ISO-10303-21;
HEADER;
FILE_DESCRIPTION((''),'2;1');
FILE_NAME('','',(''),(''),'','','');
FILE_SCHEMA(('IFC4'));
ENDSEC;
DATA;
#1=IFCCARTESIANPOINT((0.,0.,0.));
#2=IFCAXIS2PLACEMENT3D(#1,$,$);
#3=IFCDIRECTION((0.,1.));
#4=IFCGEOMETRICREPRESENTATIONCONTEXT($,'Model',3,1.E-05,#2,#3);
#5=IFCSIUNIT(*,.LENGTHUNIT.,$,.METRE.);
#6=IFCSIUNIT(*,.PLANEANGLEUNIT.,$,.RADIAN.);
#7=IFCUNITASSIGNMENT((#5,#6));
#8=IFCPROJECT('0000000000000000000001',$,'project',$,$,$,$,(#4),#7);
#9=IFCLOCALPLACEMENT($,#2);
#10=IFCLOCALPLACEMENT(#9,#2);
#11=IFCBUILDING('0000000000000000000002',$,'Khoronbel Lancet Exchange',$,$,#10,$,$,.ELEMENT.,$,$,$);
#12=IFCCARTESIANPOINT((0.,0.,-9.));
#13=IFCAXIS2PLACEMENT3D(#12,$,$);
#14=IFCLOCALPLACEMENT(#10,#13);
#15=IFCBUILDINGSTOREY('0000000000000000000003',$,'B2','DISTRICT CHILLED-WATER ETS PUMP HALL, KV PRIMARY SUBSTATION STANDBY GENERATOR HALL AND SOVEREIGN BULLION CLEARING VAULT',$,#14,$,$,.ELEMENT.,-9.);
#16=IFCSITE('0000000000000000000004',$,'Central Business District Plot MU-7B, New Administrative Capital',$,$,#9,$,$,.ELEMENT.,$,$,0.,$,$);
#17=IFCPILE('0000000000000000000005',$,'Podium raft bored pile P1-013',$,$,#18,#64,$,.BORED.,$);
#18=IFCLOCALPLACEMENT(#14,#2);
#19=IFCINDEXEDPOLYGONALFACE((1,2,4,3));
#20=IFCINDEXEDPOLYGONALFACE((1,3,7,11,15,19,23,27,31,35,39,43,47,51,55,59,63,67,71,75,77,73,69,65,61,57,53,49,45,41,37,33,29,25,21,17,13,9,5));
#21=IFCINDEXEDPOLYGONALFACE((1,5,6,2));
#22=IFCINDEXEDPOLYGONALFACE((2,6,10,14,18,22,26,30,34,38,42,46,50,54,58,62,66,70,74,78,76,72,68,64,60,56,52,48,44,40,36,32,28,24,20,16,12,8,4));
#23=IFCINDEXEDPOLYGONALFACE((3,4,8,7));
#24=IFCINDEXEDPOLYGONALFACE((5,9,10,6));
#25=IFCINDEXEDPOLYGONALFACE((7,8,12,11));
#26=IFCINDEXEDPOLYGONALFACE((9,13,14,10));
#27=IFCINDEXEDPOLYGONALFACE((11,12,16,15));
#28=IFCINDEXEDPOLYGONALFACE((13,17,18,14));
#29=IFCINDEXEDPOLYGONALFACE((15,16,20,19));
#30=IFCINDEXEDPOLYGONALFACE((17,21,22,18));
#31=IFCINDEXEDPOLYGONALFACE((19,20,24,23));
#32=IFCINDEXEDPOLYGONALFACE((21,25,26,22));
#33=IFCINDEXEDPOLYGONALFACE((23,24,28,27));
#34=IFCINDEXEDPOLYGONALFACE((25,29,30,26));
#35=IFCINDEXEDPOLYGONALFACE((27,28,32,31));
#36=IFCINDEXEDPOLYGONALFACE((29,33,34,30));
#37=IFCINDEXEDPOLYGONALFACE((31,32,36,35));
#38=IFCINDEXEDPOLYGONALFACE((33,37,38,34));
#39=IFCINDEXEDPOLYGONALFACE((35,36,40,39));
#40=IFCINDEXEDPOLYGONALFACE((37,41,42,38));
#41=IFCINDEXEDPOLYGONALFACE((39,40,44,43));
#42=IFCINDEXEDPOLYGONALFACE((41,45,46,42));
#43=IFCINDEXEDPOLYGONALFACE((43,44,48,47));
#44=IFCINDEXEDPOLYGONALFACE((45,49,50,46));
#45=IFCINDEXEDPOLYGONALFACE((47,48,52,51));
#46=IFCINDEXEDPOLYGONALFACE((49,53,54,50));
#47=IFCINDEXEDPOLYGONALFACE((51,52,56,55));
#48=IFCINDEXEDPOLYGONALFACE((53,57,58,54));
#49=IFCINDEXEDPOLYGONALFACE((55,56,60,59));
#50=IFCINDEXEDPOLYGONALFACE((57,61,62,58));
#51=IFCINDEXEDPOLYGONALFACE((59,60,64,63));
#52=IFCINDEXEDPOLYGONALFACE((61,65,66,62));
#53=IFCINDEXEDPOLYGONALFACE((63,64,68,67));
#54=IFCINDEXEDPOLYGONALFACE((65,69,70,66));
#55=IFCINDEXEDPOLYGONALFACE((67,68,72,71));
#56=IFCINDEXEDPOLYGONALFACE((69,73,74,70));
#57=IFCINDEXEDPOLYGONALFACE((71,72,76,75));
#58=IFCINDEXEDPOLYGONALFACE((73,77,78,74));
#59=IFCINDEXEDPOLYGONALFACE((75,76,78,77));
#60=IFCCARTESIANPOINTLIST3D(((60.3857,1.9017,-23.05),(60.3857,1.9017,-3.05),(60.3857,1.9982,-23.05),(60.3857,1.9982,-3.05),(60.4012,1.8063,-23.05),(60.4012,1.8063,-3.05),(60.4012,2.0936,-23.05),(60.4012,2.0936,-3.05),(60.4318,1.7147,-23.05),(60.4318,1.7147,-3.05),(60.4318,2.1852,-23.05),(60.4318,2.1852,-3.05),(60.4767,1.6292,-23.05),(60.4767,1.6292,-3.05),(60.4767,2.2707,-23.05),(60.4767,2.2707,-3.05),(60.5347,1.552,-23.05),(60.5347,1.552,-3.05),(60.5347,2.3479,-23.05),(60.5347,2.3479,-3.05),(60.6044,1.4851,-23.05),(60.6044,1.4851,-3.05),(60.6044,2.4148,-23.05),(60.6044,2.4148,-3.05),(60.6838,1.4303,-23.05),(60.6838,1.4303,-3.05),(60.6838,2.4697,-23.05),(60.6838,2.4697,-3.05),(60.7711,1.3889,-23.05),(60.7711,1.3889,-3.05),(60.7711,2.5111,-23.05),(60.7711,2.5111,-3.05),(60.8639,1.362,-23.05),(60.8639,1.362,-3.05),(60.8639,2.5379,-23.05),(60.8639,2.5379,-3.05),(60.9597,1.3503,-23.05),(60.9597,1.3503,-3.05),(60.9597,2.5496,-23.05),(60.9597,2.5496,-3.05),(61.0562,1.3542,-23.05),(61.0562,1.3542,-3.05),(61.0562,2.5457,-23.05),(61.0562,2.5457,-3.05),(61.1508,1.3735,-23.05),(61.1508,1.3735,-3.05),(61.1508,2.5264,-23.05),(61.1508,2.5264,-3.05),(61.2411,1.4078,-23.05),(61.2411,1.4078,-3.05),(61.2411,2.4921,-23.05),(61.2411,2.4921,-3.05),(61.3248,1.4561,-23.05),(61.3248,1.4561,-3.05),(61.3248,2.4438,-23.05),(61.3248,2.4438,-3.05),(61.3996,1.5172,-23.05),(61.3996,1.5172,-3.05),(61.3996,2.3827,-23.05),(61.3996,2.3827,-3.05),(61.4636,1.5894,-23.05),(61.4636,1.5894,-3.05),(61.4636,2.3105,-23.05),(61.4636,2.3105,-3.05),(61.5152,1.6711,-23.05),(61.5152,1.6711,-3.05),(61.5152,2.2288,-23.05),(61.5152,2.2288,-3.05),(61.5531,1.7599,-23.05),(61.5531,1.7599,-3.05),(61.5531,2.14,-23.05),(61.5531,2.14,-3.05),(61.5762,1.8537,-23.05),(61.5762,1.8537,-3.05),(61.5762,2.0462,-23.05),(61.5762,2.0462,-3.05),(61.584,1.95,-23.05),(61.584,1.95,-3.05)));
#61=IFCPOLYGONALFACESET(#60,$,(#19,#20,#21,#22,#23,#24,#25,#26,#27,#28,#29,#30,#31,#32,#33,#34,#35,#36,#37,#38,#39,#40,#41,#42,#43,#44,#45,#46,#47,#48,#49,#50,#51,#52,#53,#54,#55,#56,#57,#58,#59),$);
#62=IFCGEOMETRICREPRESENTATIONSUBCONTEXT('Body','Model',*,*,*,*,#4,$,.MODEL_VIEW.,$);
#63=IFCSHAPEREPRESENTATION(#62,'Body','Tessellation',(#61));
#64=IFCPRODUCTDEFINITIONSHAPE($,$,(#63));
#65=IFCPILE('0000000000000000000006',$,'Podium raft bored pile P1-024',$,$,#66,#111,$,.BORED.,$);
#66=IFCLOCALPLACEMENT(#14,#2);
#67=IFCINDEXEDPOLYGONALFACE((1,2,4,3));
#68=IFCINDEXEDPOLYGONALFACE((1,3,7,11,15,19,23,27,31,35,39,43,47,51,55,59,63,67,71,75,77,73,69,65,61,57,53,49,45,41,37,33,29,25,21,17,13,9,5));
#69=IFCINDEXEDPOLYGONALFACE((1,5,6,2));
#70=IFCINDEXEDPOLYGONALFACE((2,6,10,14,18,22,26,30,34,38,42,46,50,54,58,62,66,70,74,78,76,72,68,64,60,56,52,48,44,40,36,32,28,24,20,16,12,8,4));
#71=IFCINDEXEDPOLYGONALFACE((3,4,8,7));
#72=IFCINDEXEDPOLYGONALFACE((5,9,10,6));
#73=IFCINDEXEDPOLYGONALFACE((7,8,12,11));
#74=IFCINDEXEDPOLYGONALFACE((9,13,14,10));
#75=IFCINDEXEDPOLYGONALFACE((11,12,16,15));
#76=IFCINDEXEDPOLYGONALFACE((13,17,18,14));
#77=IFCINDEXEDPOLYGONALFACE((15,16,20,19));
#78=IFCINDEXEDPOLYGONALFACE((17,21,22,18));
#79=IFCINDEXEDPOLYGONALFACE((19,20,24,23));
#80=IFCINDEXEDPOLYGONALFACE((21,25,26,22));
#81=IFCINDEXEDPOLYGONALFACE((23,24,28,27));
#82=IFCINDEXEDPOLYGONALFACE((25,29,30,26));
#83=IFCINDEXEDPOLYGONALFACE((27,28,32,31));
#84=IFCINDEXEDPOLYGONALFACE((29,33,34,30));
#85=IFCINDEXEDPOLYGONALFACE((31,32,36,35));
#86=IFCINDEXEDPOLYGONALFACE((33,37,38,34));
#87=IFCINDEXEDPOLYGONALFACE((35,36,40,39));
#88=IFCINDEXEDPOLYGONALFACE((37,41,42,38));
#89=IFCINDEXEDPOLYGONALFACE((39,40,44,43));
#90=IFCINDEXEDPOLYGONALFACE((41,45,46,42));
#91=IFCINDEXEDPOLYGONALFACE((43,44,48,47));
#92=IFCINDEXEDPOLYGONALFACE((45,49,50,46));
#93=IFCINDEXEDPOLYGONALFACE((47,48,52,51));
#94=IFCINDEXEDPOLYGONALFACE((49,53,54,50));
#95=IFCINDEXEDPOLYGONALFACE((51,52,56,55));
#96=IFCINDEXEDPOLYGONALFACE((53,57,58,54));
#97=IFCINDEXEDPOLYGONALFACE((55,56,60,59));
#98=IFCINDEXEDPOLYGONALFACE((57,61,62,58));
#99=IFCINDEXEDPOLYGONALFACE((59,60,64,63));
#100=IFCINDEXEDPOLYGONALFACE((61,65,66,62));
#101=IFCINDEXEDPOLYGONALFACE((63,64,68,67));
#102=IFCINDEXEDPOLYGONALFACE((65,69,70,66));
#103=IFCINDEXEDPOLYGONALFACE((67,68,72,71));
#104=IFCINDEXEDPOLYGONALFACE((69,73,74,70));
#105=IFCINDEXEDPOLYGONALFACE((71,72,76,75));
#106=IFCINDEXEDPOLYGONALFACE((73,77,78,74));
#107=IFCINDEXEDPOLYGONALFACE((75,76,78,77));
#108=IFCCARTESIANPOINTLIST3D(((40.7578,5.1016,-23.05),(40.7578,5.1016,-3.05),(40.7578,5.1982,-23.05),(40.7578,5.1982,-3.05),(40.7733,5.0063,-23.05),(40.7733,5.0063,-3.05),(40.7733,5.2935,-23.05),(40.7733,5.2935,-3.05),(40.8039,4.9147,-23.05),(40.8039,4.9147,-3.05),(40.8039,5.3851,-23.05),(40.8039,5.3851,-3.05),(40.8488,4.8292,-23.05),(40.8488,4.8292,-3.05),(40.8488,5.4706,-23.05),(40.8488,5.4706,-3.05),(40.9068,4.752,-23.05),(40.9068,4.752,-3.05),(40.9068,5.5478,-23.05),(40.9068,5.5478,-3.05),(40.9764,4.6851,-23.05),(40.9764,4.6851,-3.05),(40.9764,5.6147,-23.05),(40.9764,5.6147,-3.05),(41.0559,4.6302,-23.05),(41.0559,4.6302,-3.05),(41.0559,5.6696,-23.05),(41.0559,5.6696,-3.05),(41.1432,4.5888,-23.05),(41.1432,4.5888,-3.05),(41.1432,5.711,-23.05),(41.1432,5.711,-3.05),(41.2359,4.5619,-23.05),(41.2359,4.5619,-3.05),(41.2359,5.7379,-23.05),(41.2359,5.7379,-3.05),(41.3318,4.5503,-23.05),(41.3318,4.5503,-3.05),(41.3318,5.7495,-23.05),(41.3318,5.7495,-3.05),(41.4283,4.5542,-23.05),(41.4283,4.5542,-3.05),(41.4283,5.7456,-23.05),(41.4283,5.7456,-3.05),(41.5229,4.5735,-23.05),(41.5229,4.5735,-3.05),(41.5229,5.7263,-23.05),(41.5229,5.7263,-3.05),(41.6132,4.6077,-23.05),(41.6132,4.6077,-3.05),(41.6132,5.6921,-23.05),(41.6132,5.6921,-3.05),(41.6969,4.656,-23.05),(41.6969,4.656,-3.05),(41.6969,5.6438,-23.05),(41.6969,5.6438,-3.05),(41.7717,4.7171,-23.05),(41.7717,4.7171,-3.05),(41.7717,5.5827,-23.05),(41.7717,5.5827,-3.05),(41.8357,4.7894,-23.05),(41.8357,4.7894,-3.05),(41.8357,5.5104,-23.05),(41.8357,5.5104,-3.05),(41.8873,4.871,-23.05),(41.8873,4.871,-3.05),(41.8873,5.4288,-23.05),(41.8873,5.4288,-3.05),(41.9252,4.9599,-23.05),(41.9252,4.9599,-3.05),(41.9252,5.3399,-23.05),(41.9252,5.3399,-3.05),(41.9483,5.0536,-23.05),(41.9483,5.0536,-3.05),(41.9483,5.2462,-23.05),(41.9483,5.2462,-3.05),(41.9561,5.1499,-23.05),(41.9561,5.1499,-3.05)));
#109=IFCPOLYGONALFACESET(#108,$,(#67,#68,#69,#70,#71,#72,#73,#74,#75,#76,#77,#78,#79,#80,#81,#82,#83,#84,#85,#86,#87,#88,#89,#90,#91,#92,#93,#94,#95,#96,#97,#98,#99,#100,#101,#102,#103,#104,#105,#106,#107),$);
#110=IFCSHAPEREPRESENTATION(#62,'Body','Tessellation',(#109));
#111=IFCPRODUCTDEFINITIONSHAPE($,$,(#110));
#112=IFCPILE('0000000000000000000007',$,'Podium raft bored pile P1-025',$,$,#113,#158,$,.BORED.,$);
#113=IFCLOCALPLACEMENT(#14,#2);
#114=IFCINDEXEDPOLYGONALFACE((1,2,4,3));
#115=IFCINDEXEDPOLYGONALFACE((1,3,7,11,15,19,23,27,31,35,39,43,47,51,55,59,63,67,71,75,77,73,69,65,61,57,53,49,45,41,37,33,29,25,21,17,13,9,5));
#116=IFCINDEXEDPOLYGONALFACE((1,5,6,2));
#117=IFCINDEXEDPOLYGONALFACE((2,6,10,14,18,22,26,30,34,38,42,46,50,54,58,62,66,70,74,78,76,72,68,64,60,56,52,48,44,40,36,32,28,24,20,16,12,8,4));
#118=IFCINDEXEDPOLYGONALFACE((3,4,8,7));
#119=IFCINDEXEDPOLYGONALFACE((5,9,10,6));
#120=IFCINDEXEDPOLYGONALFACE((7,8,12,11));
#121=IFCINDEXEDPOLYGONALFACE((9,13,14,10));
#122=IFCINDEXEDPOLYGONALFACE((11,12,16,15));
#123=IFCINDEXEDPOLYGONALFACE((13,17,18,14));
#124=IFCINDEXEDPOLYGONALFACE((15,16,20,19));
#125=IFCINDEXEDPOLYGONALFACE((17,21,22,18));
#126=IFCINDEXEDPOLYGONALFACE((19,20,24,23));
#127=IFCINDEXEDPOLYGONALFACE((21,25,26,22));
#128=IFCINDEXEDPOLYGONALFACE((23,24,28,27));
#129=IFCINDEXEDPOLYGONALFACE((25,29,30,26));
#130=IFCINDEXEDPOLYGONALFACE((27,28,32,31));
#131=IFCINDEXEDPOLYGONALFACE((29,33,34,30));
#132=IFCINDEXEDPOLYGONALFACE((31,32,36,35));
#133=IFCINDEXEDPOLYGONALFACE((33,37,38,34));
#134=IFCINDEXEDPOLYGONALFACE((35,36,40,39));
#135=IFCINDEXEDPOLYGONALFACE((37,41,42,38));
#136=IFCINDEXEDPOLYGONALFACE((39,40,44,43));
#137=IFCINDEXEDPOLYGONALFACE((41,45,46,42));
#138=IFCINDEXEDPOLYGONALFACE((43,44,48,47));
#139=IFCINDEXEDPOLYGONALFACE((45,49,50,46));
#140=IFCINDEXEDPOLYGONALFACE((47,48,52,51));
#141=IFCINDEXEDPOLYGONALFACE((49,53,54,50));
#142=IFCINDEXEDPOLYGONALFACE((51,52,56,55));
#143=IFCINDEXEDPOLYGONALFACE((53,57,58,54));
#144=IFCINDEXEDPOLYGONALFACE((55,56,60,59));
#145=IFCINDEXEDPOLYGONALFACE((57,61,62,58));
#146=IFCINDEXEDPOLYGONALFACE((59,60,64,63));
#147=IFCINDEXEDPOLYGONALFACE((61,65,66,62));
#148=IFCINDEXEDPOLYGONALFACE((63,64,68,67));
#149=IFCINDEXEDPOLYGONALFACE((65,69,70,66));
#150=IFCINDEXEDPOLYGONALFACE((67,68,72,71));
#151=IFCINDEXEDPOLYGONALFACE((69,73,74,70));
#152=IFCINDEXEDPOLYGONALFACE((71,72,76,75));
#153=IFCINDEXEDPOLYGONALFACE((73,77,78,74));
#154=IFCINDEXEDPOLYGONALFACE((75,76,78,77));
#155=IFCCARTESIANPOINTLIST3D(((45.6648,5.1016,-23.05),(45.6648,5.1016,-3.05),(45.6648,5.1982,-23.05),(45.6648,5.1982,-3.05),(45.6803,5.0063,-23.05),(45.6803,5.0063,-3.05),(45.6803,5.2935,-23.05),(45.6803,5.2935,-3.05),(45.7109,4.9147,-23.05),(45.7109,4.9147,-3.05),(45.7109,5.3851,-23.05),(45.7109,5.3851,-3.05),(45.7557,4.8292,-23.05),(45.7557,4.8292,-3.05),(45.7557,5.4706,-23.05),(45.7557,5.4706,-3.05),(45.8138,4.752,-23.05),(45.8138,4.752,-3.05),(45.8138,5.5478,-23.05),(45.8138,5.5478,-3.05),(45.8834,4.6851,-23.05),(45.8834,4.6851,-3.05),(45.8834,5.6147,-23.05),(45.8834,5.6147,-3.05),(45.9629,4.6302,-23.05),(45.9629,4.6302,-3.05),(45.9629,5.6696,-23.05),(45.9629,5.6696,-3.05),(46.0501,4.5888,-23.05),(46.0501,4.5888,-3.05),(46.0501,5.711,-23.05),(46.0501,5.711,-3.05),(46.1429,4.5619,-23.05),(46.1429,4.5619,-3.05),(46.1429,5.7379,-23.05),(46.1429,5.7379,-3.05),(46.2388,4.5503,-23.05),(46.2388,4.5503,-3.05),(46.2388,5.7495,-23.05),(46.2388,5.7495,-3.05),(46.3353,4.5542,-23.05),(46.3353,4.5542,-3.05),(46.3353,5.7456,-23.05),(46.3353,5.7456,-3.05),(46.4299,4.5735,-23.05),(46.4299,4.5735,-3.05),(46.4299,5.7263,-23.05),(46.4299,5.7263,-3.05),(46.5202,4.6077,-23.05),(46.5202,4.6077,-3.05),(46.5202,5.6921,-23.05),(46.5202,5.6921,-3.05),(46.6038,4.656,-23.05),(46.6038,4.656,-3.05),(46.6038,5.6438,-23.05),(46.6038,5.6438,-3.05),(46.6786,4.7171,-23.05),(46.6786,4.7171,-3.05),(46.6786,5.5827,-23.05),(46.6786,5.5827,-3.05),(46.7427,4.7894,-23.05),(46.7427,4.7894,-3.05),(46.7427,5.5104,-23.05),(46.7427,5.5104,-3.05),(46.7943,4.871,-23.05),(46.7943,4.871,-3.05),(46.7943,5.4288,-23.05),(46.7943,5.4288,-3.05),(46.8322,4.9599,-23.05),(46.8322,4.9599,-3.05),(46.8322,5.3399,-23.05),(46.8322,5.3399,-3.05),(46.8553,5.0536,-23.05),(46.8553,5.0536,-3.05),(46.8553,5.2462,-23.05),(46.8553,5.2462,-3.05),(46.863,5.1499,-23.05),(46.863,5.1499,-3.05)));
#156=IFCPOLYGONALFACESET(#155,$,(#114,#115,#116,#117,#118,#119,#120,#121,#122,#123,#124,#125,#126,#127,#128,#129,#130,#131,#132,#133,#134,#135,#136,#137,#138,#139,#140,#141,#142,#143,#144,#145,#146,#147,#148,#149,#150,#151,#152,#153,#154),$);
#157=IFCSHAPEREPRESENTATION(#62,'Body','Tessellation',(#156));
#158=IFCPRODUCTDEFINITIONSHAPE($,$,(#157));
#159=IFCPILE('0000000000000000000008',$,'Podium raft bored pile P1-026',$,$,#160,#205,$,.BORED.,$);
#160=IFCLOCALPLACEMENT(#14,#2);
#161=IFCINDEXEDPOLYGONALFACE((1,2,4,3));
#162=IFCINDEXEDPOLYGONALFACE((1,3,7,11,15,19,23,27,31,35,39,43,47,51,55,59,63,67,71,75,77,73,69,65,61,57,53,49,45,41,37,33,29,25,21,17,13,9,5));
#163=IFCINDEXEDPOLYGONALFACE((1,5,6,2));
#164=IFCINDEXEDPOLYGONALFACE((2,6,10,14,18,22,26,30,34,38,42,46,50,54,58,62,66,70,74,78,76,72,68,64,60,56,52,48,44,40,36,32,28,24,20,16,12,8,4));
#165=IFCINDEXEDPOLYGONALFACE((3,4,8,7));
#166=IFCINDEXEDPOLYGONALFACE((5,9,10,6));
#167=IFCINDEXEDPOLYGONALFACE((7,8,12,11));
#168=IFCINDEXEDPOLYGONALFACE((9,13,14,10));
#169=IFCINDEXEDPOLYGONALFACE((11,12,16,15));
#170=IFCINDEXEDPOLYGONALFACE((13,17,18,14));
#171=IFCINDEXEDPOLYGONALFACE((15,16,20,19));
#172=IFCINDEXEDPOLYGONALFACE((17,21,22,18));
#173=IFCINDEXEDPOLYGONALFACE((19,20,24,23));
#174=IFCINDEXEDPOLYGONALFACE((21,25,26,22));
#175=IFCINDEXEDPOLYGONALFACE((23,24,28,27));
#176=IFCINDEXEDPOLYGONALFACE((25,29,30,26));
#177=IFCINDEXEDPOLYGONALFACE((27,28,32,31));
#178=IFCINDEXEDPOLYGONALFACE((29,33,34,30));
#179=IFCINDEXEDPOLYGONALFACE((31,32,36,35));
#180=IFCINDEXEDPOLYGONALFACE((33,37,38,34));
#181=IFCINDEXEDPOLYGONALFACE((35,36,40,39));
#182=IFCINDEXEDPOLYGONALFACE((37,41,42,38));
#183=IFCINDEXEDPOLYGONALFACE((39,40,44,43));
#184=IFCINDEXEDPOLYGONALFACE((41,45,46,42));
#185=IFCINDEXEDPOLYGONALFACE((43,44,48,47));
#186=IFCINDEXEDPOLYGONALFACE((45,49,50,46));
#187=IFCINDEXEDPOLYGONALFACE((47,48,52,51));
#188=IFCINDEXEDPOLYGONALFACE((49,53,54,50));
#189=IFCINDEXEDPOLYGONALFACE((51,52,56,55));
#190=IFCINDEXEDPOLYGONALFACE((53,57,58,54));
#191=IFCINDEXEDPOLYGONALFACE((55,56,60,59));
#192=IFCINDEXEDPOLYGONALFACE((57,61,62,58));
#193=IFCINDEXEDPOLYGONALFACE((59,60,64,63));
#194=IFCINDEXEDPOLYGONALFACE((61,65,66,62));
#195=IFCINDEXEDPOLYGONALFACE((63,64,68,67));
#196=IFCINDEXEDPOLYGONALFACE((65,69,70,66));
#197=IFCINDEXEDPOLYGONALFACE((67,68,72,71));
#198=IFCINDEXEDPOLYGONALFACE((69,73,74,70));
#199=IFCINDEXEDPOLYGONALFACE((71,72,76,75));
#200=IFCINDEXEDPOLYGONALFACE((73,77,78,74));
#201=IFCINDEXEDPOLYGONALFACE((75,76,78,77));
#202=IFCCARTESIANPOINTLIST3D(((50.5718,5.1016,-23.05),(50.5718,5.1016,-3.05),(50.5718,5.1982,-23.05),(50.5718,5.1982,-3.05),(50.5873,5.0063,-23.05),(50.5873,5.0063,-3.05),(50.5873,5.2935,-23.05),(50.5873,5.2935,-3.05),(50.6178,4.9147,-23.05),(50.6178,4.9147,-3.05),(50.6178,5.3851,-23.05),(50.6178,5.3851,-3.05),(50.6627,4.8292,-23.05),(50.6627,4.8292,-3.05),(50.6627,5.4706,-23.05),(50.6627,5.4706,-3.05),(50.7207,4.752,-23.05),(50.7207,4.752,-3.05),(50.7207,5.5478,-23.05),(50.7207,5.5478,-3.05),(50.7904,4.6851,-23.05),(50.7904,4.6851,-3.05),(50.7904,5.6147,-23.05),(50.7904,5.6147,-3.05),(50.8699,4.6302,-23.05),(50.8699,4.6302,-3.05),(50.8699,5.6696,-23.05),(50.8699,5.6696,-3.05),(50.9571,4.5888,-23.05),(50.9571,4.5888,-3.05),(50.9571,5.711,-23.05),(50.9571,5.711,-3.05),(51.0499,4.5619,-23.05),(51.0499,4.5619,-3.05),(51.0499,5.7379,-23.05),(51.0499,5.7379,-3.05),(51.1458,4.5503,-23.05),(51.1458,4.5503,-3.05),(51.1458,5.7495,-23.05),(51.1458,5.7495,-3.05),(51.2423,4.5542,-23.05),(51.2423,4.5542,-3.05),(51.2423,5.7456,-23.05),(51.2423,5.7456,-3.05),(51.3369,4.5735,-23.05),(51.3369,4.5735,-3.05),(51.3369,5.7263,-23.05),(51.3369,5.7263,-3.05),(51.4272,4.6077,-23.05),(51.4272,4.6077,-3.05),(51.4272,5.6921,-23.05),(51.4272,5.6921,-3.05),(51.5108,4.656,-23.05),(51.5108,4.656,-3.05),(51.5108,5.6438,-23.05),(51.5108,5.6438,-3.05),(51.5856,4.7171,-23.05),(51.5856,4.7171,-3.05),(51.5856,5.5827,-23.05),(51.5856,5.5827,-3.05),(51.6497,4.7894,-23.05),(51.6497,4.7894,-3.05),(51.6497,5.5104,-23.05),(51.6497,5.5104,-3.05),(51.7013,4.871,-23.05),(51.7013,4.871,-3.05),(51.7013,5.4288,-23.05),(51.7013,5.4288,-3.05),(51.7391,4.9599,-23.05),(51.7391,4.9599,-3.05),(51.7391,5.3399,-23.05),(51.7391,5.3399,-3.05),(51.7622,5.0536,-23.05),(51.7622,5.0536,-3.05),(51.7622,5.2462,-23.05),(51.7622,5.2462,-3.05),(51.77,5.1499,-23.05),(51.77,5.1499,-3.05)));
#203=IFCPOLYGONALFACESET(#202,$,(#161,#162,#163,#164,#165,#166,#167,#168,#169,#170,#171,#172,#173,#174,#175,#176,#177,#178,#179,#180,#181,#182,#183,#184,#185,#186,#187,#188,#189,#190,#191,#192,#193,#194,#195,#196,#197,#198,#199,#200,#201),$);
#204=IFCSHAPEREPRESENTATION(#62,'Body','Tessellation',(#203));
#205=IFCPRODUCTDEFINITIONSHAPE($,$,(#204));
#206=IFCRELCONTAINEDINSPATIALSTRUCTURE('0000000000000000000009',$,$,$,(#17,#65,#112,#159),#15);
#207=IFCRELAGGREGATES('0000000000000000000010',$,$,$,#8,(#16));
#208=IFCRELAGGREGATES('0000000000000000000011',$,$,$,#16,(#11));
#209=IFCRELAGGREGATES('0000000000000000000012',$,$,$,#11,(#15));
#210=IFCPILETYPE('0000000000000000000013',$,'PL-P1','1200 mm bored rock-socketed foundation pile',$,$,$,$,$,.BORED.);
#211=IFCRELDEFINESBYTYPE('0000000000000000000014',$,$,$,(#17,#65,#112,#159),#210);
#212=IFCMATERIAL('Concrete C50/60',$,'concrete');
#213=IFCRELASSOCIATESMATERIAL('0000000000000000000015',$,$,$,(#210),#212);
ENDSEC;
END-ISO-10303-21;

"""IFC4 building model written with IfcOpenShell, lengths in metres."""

from ifc_helpers import new_model, si_unit, direction, frame, origin, origin_2d, place, context, subcontext, project, spatial, circle, extrude, material, material_profile, profile_set, type_object, element, save


model = new_model("IFC4")

# Units and contexts
model_context = context("Model", 3, precision=1e-05, world=origin(), true_north=direction((0.0, 1.0)))
body_context = subcontext(model_context, "Body", "Model", "MODEL_VIEW")
ifc_project = project(units=[si_unit("LENGTHUNIT", "METRE"), si_unit("PLANEANGLEUNIT", "RADIAN")], contexts=[model_context])

# Site, building, storey
site_placement = place(None, origin())
site = spatial("IfcSite", under=ifc_project, at=site_placement, Name="Central Business District Plot MU-7B, New Administrative Capital", CompositionType="ELEMENT", RefElevation=0.0)
building_placement = place(site_placement, origin())
building = spatial("IfcBuilding", under=site, at=building_placement, Name="Khoronbel Lancet Exchange", CompositionType="ELEMENT")
storey_placement = place(building_placement, frame((0.0, 0.0, -9.0)))
storey = spatial("IfcBuildingStorey", under=building, at=storey_placement, Name="B2", Description="DISTRICT CHILLED-WATER ETS PUMP HALL, KV PRIMARY SUBSTATION STANDBY GENERATOR HALL AND SOVEREIGN BULLION CLEARING VAULT", CompositionType="ELEMENT", Elevation=-9.0)

# Piles
ifc_material_1 = material(Name="Concrete C50/60", Category="concrete")
ifc_material_profile_1 = material_profile(ifc_material_1, circle(Radius=0.6001, at=origin_2d()), Name="BORED PILE D1200")
ifc_profile_set_1 = profile_set([ifc_material_profile_1], Name="Concrete C50/60")
pile_type_1 = type_object("IfcPileType", Name="PL-P1", Description="1200 mm bored rock-socketed foundation pile", PredefinedType="BORED", material=ifc_profile_set_1)
for number, where, z_axis, x_axis, name in (
    (1, (60.9839, 1.95, -3.05), (0.0, 0.0, -1.0), (1.0, 0.0, 0.0), "Podium raft bored pile P1-013"),
    (2, (41.356, 5.1499, -3.05), (0.0, 0.0, -1.0), (1.0, 0.0, 0.0), "Podium raft bored pile P1-024"),
    (3, (46.2629, 5.1499, -3.05), (0.0, 0.0, -1.0), (1.0, 0.0, 0.0), "Podium raft bored pile P1-025"),
    (4, (51.1699, 5.1499, -3.05), (0.0, 0.0, -1.0), (1.0, 0.0, 0.0), "Podium raft bored pile P1-026"),
):
    element("IfcPile", number, at=place(storey_placement, frame(where, z_axis=z_axis, x_axis=x_axis)), inside=storey, type_object=pile_type_1, Name=name, PredefinedType="BORED", context=body_context, shape_type="SweptSolid", body=[
        extrude(circle(Radius=0.6001, at=origin_2d()), origin(), (0.0, 0.0, 1.0), 20.0),
    ])

save(model, "model.ifc")
